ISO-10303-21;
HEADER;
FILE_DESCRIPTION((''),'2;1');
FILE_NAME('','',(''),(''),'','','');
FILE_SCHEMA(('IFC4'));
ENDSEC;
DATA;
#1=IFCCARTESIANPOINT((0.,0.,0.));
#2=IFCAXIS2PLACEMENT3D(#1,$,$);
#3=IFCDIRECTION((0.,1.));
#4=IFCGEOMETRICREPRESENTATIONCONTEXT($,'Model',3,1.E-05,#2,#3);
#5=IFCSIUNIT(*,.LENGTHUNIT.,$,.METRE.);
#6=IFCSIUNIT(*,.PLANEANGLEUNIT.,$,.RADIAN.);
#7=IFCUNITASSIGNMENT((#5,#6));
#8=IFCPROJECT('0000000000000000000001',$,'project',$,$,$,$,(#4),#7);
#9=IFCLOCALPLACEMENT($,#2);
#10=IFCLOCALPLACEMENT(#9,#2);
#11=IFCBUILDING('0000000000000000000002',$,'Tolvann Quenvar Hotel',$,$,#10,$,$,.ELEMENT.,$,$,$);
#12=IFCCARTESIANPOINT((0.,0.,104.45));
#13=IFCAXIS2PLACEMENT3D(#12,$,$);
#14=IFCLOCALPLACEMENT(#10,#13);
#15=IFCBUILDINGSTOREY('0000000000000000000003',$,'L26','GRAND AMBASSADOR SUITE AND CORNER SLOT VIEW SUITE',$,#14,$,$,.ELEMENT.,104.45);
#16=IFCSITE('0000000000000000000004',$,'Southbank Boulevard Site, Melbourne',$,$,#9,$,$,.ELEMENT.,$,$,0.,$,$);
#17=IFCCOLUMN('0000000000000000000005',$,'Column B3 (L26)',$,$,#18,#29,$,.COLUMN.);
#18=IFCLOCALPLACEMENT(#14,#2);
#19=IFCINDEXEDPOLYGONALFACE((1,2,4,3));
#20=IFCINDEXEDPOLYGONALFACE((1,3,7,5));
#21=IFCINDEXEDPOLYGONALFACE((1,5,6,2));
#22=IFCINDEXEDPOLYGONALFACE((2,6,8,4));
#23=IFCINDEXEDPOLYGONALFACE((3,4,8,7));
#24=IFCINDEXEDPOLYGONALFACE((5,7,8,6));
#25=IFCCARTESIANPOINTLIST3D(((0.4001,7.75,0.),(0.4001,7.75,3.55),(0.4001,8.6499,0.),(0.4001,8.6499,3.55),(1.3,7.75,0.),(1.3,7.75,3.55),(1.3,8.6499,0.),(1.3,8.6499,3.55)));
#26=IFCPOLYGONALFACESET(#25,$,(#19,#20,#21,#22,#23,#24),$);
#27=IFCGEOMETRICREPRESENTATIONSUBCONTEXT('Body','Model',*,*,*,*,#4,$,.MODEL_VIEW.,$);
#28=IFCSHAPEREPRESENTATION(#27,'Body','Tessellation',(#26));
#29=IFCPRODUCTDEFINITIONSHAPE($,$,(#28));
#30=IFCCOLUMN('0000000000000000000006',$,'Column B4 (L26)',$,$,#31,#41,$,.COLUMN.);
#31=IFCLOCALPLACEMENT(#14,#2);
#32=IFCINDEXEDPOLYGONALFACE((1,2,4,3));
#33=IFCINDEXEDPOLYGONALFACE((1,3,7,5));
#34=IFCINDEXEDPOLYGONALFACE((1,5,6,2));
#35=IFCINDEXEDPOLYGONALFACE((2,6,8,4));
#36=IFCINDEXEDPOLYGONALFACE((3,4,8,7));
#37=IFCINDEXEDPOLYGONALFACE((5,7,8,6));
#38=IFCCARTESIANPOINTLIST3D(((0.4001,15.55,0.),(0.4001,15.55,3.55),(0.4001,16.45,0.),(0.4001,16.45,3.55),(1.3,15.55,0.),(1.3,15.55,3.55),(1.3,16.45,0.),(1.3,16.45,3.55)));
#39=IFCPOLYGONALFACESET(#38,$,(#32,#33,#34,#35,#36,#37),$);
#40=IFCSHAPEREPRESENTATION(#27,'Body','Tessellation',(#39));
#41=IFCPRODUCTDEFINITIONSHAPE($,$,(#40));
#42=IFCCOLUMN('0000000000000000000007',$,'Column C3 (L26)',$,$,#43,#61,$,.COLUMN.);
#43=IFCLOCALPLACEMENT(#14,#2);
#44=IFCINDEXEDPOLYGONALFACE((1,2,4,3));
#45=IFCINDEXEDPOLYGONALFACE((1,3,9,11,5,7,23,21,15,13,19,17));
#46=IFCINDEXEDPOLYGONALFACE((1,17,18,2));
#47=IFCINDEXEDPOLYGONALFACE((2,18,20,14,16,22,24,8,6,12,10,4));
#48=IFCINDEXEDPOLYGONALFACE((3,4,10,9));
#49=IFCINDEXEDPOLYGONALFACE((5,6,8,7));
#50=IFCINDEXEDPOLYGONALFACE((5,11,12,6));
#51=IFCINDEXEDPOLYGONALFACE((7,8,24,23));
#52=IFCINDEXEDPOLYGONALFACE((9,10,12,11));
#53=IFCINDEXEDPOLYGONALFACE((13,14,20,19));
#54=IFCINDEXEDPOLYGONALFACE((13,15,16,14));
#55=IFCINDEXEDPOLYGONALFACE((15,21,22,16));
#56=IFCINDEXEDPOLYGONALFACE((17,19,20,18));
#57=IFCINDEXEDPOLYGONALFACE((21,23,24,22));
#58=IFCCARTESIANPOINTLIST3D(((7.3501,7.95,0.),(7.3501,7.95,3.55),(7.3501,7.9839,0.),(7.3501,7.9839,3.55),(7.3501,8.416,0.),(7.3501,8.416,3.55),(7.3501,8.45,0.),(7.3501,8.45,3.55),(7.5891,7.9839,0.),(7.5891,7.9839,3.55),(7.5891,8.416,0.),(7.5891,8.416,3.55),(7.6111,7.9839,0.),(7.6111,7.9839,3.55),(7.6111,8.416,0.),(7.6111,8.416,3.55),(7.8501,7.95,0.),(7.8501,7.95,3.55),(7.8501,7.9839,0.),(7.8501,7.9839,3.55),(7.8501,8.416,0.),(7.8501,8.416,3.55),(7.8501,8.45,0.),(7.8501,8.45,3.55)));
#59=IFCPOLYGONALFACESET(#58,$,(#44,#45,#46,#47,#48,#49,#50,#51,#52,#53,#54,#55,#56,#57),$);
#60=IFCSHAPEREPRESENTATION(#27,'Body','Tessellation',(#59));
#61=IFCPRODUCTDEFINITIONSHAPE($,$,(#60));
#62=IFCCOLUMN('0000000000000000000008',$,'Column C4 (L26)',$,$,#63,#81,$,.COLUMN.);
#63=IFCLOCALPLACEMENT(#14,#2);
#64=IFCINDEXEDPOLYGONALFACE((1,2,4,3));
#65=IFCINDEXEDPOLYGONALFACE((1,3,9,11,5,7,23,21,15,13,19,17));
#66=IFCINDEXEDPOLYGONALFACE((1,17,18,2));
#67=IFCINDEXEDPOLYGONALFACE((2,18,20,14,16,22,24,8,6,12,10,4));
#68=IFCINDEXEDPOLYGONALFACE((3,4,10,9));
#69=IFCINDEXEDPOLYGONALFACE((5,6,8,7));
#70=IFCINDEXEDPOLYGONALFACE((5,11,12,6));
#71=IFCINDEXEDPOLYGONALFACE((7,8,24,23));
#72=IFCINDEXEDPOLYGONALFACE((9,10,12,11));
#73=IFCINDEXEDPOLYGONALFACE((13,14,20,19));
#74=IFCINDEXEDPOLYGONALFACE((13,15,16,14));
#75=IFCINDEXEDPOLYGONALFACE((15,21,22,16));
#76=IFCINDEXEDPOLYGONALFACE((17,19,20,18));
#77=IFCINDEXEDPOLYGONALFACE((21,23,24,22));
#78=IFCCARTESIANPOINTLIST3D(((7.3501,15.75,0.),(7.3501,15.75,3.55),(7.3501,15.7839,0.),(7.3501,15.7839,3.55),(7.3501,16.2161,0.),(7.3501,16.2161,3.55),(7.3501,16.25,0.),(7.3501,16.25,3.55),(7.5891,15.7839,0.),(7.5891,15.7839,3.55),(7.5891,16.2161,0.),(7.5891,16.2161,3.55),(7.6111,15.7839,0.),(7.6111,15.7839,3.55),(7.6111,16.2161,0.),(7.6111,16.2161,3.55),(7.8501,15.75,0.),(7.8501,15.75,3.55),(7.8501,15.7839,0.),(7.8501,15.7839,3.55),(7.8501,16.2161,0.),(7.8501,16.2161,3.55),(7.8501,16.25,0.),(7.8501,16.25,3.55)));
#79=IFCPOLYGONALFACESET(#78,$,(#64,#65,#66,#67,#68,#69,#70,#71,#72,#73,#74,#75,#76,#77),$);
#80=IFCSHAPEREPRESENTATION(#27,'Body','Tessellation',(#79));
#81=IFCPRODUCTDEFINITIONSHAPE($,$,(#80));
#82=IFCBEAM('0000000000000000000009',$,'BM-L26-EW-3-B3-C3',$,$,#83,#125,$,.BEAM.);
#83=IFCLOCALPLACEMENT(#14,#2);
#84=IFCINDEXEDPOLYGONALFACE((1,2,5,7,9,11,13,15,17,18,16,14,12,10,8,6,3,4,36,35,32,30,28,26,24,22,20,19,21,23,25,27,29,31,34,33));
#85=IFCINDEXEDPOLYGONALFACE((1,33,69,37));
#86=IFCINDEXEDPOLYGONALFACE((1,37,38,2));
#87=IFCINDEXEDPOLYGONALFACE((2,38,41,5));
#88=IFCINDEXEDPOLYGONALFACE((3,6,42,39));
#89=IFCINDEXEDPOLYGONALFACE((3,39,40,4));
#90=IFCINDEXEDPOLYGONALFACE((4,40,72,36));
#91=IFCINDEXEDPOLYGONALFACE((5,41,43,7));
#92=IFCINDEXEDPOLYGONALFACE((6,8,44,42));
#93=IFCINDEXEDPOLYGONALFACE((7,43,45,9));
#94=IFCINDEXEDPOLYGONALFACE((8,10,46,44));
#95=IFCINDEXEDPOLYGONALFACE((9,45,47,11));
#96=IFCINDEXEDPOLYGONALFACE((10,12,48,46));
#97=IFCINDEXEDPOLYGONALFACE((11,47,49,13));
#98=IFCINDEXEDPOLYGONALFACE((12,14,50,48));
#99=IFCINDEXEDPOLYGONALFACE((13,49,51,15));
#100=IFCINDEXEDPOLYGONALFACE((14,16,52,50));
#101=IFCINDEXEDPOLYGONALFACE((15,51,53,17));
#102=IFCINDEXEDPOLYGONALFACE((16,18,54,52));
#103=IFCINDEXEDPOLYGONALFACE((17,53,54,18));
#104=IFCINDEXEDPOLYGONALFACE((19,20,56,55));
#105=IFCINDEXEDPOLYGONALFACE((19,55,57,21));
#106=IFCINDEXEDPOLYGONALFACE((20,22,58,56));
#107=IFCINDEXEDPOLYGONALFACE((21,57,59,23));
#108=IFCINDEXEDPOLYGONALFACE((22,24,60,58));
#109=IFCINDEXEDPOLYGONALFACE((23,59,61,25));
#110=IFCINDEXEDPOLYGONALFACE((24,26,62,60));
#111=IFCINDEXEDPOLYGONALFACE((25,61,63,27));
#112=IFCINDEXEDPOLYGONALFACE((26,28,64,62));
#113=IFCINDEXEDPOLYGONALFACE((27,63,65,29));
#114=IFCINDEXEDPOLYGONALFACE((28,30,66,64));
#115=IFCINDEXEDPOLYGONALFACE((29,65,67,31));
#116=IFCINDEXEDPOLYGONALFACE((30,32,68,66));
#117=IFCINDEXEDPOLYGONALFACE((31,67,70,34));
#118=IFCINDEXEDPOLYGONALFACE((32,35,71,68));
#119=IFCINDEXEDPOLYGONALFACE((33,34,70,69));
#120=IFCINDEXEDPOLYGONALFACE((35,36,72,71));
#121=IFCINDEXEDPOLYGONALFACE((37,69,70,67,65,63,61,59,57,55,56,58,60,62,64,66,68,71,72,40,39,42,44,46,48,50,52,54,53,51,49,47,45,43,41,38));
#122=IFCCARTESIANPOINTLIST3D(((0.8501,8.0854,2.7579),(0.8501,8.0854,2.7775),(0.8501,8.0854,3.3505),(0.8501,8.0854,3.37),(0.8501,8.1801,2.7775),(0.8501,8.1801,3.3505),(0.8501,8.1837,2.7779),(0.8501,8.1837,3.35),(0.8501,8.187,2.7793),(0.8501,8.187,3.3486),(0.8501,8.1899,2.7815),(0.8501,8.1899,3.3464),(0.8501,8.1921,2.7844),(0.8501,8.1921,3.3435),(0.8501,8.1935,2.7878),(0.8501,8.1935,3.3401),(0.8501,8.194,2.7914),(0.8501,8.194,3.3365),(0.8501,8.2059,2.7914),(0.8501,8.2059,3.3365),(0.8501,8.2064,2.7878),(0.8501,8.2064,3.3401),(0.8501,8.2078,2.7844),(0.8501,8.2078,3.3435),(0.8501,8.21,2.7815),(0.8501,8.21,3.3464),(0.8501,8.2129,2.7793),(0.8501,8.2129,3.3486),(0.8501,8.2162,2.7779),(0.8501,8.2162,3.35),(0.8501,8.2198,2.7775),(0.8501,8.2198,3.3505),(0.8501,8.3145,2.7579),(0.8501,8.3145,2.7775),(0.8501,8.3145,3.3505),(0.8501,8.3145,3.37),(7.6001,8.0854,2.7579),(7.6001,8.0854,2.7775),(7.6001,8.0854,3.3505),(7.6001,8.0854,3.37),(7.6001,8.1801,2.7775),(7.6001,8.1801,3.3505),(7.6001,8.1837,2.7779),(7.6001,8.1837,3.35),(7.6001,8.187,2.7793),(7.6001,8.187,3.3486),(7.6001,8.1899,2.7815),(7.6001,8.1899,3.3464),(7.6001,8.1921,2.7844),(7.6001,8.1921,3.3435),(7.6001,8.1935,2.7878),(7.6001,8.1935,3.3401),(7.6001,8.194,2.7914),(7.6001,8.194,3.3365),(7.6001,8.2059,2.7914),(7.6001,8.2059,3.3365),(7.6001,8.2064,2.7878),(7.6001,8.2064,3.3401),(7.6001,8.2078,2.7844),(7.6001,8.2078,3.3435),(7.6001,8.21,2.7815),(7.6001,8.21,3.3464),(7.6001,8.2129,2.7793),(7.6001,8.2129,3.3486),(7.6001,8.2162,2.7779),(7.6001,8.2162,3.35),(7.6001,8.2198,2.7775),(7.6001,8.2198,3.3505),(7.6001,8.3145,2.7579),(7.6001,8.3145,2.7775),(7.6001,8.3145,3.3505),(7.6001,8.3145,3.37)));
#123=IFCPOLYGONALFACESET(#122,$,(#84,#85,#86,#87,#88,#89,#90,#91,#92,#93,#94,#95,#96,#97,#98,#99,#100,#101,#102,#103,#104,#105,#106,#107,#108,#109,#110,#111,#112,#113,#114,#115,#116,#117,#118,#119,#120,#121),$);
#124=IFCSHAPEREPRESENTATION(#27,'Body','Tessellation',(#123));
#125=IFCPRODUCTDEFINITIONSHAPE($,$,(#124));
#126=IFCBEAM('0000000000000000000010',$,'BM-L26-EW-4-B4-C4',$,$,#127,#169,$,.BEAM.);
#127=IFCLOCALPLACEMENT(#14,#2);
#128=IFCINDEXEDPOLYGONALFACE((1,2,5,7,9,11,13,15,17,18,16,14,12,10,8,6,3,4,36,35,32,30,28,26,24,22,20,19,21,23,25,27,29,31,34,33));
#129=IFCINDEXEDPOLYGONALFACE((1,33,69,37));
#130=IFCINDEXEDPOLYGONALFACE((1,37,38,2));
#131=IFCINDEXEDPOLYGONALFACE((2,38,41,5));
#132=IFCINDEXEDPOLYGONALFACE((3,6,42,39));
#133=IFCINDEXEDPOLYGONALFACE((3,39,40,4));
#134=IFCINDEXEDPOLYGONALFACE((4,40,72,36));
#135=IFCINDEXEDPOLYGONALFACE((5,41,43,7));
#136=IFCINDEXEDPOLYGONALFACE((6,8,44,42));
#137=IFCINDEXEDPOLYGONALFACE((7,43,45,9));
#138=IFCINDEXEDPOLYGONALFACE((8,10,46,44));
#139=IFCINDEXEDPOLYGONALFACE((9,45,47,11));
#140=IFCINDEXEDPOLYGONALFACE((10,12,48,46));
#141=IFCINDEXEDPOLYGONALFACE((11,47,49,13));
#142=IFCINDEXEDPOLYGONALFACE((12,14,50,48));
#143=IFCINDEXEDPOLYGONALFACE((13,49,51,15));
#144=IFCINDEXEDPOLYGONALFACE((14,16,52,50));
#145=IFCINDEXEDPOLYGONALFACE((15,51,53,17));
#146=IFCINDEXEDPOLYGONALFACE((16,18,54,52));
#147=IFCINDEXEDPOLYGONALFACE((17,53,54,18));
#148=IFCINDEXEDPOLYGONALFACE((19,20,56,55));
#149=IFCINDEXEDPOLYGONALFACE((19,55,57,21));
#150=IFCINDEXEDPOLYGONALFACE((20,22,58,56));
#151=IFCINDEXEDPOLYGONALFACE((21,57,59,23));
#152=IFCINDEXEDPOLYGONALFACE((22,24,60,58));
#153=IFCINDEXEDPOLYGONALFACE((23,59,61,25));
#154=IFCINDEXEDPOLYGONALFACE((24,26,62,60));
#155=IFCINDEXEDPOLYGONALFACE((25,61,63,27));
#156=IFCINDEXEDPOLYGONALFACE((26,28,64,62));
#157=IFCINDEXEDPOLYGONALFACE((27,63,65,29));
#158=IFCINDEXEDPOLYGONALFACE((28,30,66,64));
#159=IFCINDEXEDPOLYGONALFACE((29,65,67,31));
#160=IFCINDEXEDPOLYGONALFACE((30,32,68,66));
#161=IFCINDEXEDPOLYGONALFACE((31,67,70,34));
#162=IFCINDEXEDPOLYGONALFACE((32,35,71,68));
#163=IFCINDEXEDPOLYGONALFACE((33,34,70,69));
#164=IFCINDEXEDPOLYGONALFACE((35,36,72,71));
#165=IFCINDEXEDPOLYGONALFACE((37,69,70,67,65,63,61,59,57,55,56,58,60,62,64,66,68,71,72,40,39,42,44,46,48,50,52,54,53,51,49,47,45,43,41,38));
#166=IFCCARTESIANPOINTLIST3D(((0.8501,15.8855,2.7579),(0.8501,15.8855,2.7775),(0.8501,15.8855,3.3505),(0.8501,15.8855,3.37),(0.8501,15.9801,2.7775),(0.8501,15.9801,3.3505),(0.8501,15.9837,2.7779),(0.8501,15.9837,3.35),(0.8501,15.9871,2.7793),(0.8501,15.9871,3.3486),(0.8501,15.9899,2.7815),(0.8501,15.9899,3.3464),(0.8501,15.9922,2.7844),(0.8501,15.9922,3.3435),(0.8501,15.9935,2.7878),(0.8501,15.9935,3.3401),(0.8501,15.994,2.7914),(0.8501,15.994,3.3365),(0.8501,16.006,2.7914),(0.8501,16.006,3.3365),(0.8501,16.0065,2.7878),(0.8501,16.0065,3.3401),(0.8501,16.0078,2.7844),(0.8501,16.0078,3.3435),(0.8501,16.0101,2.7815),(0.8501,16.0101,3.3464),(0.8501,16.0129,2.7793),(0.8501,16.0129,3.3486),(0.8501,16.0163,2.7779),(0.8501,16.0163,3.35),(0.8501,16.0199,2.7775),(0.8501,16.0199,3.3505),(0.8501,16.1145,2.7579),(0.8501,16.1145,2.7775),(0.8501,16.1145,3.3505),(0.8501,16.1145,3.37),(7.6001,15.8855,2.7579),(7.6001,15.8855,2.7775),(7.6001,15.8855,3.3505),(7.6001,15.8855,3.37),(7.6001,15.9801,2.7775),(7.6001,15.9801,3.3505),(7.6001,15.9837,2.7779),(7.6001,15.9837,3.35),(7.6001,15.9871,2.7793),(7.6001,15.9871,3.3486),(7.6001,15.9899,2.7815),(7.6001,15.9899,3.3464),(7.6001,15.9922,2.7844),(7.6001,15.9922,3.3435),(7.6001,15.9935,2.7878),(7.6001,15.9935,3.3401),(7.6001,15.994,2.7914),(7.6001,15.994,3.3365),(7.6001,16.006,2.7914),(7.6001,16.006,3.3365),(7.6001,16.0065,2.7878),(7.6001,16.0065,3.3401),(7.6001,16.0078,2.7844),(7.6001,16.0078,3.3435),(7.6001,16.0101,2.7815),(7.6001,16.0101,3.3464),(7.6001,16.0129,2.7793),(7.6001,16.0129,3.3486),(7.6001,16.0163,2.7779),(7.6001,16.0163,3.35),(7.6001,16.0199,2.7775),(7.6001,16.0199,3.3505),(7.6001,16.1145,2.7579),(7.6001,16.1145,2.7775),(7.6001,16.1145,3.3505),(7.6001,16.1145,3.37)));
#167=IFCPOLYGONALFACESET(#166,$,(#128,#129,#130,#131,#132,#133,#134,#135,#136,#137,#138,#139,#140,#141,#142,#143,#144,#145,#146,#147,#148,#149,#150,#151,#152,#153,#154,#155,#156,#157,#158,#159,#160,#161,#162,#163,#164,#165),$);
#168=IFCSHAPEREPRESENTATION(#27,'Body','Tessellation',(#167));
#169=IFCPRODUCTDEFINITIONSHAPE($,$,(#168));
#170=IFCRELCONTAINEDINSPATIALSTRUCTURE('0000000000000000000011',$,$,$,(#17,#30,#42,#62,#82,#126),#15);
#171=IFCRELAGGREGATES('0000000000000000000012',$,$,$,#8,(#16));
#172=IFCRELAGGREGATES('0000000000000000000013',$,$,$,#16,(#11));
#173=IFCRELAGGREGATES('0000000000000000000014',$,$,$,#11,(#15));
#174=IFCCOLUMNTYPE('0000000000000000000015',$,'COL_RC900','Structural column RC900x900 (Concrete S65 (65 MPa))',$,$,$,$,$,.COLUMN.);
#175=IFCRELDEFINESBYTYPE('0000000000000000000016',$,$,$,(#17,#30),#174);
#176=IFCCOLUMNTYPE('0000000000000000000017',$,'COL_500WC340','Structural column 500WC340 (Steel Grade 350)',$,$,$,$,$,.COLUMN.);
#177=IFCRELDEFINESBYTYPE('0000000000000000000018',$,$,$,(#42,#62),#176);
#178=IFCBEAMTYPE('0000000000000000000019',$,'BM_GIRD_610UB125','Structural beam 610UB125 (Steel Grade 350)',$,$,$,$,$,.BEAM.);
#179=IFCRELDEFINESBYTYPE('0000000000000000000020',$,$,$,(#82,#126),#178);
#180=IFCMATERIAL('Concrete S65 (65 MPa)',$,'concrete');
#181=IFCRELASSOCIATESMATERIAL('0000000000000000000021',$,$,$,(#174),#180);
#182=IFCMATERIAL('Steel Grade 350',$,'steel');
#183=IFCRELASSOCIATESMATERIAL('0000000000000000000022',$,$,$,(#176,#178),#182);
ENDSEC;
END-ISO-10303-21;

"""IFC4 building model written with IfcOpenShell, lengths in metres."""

from ifc_helpers import new_model, si_unit, direction, frame, origin, origin_2d, place, context, subcontext, project, spatial, rectangle, i_section, extrude, source, transform, mapped, material, material_profile, profile_set, type_object, type_shapes, element, save


model = new_model("IFC4")

# Units and contexts
model_context = context("Model", 3, precision=1e-05, world=origin(), true_north=direction((0.0, 1.0)))
body_context = subcontext(model_context, "Body", "Model", "MODEL_VIEW")
ifc_project = project(units=[si_unit("LENGTHUNIT", "METRE"), si_unit("PLANEANGLEUNIT", "RADIAN")], contexts=[model_context])

# Site, building, storey
site_placement = place(None, origin())
site = spatial("IfcSite", under=ifc_project, at=site_placement, Name="Southbank Boulevard Site, Melbourne", CompositionType="ELEMENT", RefElevation=0.0)
building_placement = place(site_placement, origin())
building = spatial("IfcBuilding", under=site, at=building_placement, Name="Tolvann Quenvar Hotel", CompositionType="ELEMENT")
storey_placement = place(building_placement, frame((0.0, 0.0, 104.45)))
storey = spatial("IfcBuildingStorey", under=building, at=storey_placement, Name="L26", Description="GRAND AMBASSADOR SUITE AND CORNER SLOT VIEW SUITE", CompositionType="ELEMENT", Elevation=104.45)

# Columns
ifc_material_1 = material(Name="Concrete S65 (65 MPa)", Category="concrete")
ifc_material_profile_1 = material_profile(ifc_material_1, rectangle(XDim=0.8999, YDim=0.8999, at=origin_2d()), Name="RC900x900")
ifc_profile_set_1 = profile_set([ifc_material_profile_1], Name="Concrete S65 (65 MPa)")
column_type_1 = type_object("IfcColumnType", Name="COL_RC900", Description="Structural column RC900x900 (Concrete S65 (65 MPa))", PredefinedType="COLUMN", material=ifc_profile_set_1)
shared_shape_1 = source(origin(), body_context, "Body", "SweptSolid", [
    extrude(rectangle(XDim=0.8999, YDim=0.8999, at=origin_2d()), origin(), (0.0, 0.0, 1.0), 3.55),
])
type_shapes(column_type_1, [shared_shape_1])
for number, where, z_axis, x_axis, name in (
    (1, (0.8501, 8.2, 0.0), (0.0, 0.0, 1.0), (1.0, 0.0, 0.0), "Column B3 (L26)"),
    (2, (0.8501, 16.0, 0.0), (0.0, 0.0, 1.0), (1.0, 0.0, 0.0), "Column B4 (L26)"),
):
    element("IfcColumn", number, at=place(storey_placement, frame(where, z_axis=z_axis, x_axis=x_axis)), inside=storey, type_object=column_type_1, Name=name, PredefinedType="COLUMN", context=body_context, shape_type="MappedRepresentation", body=[
        mapped(shared_shape_1, transform((0.0, 0.0, 0.0), x_axis=(1.0, 0.0, 0.0), y_axis=(0.0, 1.0, 0.0), z_axis=(0.0, 0.0, 1.0), scale=1.0)),
    ])
ifc_material_2 = material(Name="Steel Grade 350", Category="steel")
ifc_material_profile_2 = material_profile(ifc_material_2, i_section(OverallWidth=0.5, OverallDepth=0.5, WebThickness=0.022, FlangeThickness=0.0339, at=origin_2d()), Name="500WC340")
ifc_profile_set_2 = profile_set([ifc_material_profile_2], Name="Steel Grade 350")
column_type_2 = type_object("IfcColumnType", Name="COL_500WC340", Description="Structural column 500WC340 (Steel Grade 350)", PredefinedType="COLUMN", material=ifc_profile_set_2)
shared_shape_2 = source(origin(), body_context, "Body", "SweptSolid", [
    extrude(i_section(OverallWidth=0.5, OverallDepth=0.5, WebThickness=0.022, FlangeThickness=0.0339, at=origin_2d()), origin(), (0.0, 0.0, 1.0), 3.55),
])
type_shapes(column_type_2, [shared_shape_2])
for number, where, z_axis, x_axis, name in (
    (3, (7.6001, 8.2, 0.0), (0.0, 0.0, 1.0), (1.0, 0.0, 0.0), "Column C3 (L26)"),
    (4, (7.6001, 16.0, 0.0), (0.0, 0.0, 1.0), (1.0, 0.0, 0.0), "Column C4 (L26)"),
):
    element("IfcColumn", number, at=place(storey_placement, frame(where, z_axis=z_axis, x_axis=x_axis)), inside=storey, type_object=column_type_2, Name=name, PredefinedType="COLUMN", context=body_context, shape_type="MappedRepresentation", body=[
        mapped(shared_shape_2, transform((0.0, 0.0, 0.0), x_axis=(1.0, 0.0, 0.0), y_axis=(0.0, 1.0, 0.0), z_axis=(0.0, 0.0, 1.0), scale=1.0)),
    ])

# Beams
ifc_material_profile_3 = material_profile(ifc_material_2, i_section(OverallWidth=0.229, OverallDepth=0.6121, WebThickness=0.012, FlangeThickness=0.0195, FilletRadius=0.0139, at=origin_2d()), Name="610UB125")
ifc_profile_set_3 = profile_set([ifc_material_profile_3], Name="Steel Grade 350")
beam_type_1 = type_object("IfcBeamType", Name="BM_GIRD_610UB125", Description="Structural beam 610UB125 (Steel Grade 350)", PredefinedType="BEAM", material=ifc_profile_set_3)
shared_shape_3 = source(origin(), body_context, "Body", "SweptSolid", [
    extrude(i_section(OverallWidth=0.229, OverallDepth=0.6121, WebThickness=0.012, FlangeThickness=0.0195, FilletRadius=0.0139, at=origin_2d()), origin(), (0.0, 0.0, 1.0), 6.75),
])
for number, where, z_axis, x_axis, name in (
    (5, (0.8501, 8.2, 3.064), (1.0, 0.0, 0.0), (0.0, 1.0, 0.0), "BM-L26-EW-3-B3-C3"),
    (6, (0.8501, 16.0, 3.064), (1.0, 0.0, 0.0), (0.0, 1.0, 0.0), "BM-L26-EW-4-B4-C4"),
):
    element("IfcBeam", number, at=place(storey_placement, frame(where, z_axis=z_axis, x_axis=x_axis)), inside=storey, type_object=beam_type_1, Name=name, PredefinedType="BEAM", context=body_context, shape_type="MappedRepresentation", body=[
        mapped(shared_shape_3, transform((0.0, 0.0, 0.0), x_axis=(1.0, 0.0, 0.0), y_axis=(0.0, 1.0, 0.0), z_axis=(0.0, 0.0, 1.0), scale=1.0)),
    ])

save(model, "model.ifc")
